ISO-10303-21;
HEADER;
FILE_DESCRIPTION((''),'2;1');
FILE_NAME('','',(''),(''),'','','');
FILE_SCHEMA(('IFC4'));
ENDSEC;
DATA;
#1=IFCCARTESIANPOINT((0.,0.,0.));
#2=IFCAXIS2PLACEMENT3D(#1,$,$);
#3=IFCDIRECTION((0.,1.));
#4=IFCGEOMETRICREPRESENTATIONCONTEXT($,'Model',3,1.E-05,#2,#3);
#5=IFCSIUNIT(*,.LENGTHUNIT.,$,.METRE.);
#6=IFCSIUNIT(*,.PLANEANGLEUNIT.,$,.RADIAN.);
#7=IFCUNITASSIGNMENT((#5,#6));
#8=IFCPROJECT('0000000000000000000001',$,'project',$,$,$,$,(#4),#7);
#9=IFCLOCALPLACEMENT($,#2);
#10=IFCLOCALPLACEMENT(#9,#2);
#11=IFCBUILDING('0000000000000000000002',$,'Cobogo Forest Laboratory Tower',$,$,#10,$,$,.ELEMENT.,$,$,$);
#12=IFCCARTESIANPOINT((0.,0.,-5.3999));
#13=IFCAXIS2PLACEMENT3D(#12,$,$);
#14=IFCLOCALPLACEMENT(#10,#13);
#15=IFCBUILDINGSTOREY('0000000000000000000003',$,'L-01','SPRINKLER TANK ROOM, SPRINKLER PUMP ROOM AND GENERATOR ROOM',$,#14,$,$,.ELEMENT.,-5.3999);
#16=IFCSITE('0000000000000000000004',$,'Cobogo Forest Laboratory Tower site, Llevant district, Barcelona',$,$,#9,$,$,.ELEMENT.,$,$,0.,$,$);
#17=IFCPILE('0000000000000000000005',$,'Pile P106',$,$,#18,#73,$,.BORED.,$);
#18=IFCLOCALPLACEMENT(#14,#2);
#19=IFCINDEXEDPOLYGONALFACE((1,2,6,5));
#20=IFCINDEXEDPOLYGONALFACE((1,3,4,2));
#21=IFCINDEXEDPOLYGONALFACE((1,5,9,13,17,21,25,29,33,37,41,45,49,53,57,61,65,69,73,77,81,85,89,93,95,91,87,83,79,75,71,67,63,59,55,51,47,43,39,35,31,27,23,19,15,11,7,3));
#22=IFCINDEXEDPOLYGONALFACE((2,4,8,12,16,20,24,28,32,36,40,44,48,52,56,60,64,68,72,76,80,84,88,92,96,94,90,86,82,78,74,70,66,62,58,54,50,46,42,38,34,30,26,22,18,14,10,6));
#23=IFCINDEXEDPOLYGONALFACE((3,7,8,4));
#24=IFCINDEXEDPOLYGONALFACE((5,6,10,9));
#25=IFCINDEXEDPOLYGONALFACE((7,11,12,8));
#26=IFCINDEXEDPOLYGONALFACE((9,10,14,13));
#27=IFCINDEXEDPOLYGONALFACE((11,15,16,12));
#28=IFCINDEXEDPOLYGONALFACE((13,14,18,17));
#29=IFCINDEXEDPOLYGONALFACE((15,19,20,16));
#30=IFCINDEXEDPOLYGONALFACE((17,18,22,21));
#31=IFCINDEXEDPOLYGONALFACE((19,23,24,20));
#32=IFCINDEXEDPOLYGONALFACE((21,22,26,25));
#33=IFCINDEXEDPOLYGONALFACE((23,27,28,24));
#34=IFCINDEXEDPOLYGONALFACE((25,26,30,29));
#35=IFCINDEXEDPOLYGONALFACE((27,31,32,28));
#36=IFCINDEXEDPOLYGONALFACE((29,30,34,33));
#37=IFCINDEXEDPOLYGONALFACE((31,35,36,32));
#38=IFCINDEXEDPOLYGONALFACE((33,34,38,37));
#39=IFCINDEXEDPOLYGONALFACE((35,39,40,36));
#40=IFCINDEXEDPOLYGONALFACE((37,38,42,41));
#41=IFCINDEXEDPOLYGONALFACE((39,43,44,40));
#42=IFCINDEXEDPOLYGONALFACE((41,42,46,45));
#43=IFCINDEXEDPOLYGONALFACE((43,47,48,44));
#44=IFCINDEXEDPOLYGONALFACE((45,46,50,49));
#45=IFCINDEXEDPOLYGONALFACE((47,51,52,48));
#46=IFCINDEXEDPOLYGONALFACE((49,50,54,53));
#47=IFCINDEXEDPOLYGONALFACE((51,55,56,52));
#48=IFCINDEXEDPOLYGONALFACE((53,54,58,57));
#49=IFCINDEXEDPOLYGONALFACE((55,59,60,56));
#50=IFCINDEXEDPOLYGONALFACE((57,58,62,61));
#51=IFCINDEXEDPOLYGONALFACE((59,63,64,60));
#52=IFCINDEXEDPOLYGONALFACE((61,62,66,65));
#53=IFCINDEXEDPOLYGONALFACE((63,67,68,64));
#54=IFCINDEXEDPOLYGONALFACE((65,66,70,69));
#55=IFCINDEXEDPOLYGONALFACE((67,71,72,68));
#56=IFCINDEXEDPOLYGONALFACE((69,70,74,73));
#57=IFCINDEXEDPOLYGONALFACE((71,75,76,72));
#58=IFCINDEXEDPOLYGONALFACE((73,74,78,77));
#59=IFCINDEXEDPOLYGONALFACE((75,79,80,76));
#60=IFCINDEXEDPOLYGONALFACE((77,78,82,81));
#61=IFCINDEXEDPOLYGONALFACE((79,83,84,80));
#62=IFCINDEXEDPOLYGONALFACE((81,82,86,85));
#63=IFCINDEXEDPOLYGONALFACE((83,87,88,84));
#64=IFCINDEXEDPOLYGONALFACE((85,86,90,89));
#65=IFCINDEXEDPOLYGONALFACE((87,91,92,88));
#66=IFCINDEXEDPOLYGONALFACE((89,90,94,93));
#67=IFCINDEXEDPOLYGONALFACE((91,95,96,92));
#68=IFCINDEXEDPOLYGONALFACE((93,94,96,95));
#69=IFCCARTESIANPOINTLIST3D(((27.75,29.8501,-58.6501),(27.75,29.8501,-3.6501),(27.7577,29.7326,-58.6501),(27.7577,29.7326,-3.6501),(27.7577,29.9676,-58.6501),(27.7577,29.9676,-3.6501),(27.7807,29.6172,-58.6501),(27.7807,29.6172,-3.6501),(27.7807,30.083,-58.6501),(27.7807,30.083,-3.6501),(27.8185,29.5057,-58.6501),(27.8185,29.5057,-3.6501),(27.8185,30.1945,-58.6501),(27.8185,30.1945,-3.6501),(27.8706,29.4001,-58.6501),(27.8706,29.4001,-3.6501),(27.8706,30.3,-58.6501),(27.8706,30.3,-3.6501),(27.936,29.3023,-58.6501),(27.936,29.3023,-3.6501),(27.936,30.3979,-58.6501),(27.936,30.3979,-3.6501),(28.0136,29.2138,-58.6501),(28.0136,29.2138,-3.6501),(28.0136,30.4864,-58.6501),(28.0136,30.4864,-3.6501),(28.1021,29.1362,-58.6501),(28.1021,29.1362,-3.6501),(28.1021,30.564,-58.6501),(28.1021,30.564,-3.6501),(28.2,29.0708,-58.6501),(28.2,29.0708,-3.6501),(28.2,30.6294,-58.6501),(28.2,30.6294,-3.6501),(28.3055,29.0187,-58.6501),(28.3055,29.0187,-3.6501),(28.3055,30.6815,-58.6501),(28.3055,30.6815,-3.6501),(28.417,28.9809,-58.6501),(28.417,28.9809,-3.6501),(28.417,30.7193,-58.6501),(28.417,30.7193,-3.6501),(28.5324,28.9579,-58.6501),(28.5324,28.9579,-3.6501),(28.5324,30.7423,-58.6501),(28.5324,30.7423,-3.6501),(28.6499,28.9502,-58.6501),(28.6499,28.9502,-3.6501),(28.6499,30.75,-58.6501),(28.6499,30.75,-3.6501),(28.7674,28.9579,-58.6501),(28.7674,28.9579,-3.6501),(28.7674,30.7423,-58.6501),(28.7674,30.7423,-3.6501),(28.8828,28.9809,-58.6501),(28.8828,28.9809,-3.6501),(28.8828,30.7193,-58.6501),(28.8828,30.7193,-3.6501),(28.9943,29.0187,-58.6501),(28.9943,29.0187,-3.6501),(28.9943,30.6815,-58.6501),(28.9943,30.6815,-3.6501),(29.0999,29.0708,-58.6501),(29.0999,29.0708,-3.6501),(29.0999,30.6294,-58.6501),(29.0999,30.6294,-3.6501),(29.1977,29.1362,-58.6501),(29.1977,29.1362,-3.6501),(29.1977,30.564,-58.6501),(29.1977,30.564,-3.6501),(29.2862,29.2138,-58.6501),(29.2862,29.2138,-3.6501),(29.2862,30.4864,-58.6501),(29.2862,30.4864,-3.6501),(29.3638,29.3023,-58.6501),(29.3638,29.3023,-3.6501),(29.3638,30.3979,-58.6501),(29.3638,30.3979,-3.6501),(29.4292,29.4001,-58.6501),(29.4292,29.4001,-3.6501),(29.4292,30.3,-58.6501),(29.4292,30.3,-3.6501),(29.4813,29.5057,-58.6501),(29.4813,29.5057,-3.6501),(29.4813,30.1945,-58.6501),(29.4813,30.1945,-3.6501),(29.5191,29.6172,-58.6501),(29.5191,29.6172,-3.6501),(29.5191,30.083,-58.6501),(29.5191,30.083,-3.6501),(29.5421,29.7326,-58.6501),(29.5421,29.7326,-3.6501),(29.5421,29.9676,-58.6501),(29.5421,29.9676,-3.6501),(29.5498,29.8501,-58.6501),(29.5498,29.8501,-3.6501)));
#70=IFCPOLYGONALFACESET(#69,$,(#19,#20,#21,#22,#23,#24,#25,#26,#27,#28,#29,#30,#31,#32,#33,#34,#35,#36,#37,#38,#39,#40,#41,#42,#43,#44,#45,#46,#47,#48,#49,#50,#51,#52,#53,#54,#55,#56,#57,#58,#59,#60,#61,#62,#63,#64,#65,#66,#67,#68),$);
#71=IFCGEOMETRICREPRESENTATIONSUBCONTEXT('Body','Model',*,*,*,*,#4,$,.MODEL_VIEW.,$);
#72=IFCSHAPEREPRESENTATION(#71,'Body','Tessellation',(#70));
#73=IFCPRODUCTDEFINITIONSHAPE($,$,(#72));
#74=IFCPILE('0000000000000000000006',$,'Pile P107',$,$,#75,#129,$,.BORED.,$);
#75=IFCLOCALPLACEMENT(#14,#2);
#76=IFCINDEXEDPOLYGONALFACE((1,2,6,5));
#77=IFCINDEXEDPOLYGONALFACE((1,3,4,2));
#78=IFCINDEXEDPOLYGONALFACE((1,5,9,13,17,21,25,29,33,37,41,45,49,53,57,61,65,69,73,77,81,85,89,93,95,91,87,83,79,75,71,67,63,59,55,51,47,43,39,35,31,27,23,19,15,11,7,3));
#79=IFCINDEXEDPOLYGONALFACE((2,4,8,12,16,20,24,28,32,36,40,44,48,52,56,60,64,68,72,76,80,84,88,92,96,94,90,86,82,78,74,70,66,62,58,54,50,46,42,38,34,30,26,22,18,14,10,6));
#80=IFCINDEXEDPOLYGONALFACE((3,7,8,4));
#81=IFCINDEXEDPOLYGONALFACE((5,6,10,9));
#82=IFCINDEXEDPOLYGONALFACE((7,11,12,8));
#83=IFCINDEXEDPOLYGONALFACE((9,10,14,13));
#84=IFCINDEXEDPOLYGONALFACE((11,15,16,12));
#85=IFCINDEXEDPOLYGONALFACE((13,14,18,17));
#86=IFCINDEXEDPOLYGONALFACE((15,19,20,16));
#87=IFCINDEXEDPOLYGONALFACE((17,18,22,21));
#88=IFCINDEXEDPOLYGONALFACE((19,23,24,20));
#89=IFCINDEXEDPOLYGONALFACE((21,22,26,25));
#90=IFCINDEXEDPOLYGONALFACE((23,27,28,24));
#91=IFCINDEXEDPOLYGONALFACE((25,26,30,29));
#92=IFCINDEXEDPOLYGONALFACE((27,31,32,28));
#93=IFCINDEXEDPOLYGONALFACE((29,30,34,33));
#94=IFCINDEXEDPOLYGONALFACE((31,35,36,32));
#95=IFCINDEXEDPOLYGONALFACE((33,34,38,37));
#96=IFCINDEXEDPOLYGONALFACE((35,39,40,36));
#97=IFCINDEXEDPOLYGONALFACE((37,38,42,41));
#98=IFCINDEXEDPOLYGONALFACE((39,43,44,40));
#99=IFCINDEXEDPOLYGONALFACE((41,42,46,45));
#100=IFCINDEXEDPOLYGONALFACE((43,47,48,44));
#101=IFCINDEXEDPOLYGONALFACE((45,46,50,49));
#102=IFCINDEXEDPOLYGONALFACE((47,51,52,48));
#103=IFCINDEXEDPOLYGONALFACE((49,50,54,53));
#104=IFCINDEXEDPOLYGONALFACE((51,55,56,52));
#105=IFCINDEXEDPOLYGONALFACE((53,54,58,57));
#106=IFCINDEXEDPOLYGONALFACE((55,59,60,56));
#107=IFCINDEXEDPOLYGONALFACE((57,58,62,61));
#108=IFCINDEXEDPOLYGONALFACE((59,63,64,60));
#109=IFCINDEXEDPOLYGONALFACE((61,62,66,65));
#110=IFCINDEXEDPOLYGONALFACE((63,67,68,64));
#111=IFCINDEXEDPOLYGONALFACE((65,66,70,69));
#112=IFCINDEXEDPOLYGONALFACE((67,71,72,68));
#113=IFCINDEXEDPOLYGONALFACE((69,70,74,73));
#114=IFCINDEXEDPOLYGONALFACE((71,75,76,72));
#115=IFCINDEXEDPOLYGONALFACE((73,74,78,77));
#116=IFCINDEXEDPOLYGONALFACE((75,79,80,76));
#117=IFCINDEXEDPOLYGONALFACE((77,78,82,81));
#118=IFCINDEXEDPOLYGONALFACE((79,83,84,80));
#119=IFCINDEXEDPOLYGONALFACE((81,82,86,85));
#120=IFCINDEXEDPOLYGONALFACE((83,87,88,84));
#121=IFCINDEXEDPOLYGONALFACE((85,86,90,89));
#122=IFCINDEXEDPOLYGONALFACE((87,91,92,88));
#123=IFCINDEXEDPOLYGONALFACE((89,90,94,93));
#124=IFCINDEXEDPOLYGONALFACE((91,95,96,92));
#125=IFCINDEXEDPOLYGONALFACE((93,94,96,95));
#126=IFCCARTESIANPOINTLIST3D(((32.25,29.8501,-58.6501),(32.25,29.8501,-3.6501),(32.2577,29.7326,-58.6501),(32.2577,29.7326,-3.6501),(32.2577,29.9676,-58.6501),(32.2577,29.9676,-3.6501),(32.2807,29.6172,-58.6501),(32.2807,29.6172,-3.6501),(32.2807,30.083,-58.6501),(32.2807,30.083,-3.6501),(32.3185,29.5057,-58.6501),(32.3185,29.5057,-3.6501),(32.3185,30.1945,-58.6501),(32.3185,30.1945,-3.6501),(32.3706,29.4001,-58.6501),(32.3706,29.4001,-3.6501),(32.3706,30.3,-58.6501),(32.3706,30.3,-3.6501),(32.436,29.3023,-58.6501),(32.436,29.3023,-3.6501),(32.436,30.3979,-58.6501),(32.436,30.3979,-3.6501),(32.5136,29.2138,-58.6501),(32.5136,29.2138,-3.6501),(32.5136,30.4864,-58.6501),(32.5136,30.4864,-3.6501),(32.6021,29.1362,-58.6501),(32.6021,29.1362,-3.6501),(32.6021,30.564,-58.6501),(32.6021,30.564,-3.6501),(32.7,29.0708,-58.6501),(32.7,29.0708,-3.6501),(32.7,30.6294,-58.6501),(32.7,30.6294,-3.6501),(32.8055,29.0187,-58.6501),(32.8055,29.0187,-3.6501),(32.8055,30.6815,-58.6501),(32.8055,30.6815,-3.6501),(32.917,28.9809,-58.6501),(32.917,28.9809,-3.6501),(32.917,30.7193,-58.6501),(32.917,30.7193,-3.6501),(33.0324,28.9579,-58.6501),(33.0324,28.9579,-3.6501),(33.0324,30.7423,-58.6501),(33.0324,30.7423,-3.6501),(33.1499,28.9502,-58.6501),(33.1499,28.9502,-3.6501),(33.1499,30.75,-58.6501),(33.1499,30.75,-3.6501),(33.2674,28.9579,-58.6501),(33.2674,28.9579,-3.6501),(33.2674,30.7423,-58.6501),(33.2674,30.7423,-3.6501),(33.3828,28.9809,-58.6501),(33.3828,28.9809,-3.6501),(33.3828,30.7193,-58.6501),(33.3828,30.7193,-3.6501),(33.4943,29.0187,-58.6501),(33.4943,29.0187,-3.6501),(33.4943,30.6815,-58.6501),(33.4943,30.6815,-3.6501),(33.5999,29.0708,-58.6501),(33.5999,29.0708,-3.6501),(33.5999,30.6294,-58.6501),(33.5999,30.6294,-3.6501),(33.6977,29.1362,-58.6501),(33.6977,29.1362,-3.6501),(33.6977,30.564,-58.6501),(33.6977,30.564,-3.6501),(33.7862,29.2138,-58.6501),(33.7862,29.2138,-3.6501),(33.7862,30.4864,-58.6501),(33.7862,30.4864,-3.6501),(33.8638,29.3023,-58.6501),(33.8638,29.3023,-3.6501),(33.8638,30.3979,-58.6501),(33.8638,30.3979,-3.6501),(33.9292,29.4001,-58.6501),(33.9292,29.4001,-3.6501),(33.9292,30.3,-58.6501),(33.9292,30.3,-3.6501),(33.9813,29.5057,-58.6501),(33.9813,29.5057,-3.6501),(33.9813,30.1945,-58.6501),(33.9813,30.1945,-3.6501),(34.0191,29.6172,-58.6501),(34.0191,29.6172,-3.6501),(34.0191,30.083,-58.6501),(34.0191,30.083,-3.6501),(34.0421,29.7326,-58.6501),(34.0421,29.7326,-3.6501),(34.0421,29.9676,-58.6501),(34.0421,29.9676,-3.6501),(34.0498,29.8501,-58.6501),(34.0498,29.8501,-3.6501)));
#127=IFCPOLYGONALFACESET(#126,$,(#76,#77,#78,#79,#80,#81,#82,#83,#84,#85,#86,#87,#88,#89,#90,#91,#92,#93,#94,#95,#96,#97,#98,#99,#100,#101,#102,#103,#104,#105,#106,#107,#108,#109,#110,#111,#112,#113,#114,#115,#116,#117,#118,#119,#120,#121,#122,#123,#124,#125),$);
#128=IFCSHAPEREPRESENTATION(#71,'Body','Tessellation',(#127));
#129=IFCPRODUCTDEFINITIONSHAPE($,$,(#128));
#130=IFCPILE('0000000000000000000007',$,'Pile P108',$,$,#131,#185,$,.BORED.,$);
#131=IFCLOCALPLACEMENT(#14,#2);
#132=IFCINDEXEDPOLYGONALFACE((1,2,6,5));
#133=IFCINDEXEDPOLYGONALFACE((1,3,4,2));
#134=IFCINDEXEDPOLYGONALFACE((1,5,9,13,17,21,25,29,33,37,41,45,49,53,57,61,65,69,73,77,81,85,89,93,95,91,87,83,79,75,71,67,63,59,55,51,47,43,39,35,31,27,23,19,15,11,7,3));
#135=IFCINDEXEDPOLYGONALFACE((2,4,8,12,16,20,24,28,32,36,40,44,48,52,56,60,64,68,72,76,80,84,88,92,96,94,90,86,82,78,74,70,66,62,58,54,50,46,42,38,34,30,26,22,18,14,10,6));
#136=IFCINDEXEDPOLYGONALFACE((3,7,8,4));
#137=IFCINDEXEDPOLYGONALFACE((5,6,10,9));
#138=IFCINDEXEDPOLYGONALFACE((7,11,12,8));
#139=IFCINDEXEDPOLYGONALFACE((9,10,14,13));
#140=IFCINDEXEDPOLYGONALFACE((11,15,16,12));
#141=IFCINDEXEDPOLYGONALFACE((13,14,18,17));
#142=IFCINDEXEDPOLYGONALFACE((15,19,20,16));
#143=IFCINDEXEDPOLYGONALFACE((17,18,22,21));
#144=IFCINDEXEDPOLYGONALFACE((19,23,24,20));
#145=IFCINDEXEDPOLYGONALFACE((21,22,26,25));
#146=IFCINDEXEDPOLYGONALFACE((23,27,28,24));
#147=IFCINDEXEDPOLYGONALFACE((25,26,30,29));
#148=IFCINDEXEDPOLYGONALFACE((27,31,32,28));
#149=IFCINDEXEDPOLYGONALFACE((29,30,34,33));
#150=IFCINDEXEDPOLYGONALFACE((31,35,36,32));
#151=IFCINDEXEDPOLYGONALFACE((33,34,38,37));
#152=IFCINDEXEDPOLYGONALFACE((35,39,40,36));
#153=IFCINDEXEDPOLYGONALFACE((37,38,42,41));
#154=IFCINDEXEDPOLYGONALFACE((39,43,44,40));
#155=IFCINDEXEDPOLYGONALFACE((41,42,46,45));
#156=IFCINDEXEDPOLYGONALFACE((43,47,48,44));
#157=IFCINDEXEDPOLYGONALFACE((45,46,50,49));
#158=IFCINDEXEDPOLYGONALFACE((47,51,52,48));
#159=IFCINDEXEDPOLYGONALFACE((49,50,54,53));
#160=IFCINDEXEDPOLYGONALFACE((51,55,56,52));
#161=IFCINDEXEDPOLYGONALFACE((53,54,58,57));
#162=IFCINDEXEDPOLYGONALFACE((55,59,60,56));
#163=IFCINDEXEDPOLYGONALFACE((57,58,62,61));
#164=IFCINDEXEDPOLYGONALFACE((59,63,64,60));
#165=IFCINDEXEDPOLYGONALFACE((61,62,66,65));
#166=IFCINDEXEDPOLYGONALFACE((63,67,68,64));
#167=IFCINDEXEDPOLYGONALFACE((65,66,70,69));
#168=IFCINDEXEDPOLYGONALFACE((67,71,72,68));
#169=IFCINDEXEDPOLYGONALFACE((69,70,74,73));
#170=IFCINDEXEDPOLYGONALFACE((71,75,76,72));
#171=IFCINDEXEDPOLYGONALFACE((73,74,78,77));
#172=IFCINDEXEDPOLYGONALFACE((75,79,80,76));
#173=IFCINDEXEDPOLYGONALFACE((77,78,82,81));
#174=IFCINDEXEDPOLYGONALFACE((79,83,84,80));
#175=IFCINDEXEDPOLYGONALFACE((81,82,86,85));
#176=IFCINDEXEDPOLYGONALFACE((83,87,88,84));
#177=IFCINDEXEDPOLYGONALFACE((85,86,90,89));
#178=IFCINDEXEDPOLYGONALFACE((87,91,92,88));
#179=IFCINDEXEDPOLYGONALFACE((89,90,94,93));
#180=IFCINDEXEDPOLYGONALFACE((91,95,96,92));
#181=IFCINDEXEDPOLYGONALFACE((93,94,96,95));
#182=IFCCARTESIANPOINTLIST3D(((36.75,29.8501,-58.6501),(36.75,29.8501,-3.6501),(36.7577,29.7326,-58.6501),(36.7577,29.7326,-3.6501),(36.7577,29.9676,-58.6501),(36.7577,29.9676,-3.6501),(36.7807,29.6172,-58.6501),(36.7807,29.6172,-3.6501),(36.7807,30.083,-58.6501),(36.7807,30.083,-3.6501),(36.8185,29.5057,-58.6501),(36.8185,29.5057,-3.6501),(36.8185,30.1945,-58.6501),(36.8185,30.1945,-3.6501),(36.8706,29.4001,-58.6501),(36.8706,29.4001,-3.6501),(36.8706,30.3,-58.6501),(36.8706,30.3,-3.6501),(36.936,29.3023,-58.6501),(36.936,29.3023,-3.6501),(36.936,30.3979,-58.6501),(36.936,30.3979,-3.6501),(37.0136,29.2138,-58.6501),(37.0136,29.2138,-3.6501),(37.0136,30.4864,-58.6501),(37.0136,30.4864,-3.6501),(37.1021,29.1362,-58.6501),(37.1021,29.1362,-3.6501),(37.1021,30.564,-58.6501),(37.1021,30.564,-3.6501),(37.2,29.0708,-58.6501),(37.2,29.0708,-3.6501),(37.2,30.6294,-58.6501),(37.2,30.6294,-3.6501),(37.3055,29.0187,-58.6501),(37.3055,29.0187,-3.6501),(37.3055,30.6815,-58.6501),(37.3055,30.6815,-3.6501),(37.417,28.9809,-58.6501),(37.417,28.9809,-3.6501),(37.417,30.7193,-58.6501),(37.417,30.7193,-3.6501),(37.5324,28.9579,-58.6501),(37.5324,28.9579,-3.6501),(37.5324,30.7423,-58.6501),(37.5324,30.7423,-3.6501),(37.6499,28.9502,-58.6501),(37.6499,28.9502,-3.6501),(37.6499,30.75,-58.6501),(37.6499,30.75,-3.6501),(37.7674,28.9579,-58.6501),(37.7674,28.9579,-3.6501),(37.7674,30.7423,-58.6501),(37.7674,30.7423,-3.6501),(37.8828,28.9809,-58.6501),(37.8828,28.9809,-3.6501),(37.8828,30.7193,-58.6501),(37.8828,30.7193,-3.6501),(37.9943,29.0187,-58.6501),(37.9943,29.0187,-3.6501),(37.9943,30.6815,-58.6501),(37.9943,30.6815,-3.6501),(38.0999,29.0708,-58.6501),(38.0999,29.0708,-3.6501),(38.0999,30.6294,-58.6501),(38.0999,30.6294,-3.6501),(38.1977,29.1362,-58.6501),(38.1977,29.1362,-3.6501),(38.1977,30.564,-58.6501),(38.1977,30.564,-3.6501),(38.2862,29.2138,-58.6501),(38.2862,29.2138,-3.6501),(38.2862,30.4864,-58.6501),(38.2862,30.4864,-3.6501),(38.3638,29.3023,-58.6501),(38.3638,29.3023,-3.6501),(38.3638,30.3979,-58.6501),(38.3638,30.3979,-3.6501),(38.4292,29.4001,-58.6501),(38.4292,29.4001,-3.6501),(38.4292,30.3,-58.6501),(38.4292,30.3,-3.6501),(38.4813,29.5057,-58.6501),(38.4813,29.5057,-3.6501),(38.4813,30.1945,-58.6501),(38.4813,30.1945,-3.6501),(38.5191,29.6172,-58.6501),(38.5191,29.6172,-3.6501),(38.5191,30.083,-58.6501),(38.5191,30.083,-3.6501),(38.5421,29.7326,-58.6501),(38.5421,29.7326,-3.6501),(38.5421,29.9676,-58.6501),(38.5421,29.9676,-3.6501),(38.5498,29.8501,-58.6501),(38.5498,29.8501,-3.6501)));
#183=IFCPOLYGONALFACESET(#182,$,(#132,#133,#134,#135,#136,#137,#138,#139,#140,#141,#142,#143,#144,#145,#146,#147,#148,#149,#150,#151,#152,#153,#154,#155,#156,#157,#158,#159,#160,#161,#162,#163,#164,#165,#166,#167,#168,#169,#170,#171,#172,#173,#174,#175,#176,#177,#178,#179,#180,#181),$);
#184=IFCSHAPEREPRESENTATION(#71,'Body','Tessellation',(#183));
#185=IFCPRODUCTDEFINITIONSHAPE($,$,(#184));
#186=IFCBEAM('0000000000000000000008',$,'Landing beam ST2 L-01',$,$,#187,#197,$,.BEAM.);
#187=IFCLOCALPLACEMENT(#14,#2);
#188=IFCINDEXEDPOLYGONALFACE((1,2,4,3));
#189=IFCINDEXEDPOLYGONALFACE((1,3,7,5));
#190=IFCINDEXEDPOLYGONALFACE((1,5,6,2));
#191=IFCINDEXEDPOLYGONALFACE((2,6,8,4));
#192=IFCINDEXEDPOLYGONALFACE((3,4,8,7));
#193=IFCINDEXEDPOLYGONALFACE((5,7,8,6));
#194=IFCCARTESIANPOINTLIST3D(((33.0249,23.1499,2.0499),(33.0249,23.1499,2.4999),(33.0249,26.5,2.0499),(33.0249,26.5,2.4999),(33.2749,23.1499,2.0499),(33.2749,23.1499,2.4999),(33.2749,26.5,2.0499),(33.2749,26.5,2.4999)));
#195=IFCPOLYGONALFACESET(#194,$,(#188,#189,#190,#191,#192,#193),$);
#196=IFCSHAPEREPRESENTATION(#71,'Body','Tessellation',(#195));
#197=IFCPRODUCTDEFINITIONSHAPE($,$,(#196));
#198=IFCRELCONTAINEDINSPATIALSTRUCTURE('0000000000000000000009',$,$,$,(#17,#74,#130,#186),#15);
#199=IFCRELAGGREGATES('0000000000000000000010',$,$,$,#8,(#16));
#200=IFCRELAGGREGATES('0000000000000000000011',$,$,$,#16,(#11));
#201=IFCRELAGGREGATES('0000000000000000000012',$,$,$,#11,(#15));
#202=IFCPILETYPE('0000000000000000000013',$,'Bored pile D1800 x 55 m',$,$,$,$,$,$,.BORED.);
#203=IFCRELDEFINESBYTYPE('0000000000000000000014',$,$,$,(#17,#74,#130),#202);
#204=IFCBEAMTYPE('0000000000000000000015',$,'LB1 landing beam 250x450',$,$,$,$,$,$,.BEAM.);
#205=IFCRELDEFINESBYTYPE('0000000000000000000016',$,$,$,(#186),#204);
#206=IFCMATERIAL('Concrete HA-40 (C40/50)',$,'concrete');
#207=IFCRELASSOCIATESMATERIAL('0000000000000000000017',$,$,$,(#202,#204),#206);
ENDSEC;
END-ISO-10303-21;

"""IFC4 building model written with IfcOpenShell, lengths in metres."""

from ifc_helpers import new_model, si_unit, direction, frame, origin, origin_2d, place, context, subcontext, project, spatial, rectangle, circle, extrude, material, material_profile, profile_set, type_object, element, save


model = new_model("IFC4")

# Units and contexts
model_context = context("Model", 3, precision=1e-05, world=origin(), true_north=direction((0.0, 1.0)))
body_context = subcontext(model_context, "Body", "Model", "MODEL_VIEW")
ifc_project = project(units=[si_unit("LENGTHUNIT", "METRE"), si_unit("PLANEANGLEUNIT", "RADIAN")], contexts=[model_context])

# Site, building, storey
site_placement = place(None, origin())
site = spatial("IfcSite", under=ifc_project, at=site_placement, Name="Cobogo Forest Laboratory Tower site, Llevant district, Barcelona", CompositionType="ELEMENT", RefElevation=0.0)
building_placement = place(site_placement, origin())
building = spatial("IfcBuilding", under=site, at=building_placement, Name="Cobogo Forest Laboratory Tower", CompositionType="ELEMENT")
storey_placement = place(building_placement, frame((0.0, 0.0, -5.3999)))
storey = spatial("IfcBuildingStorey", under=building, at=storey_placement, Name="L-01", Description="SPRINKLER TANK ROOM, SPRINKLER PUMP ROOM AND GENERATOR ROOM", CompositionType="ELEMENT", Elevation=-5.3999)

# Piles
ifc_material_1 = material(Name="Concrete HA-40 (C40/50)", Category="concrete")
ifc_material_profile_1 = material_profile(ifc_material_1, circle(Radius=0.8999, at=origin_2d()), Name="PILE D1800")
ifc_profile_set_1 = profile_set([ifc_material_profile_1], Name="Concrete HA-40 (C40/50)")
pile_type = type_object("IfcPileType", Name="Bored pile D1800 x 55 m", PredefinedType="BORED", material=ifc_profile_set_1)
for number, where, z_axis, x_axis, name in (
    (1, (28.6499, 29.8501, -3.6501), (0.0, 0.0, -1.0), (1.0, 0.0, 0.0), "Pile P106"),
    (2, (33.1499, 29.8501, -3.6501), (0.0, 0.0, -1.0), (1.0, 0.0, 0.0), "Pile P107"),
    (3, (37.6499, 29.8501, -3.6501), (0.0, 0.0, -1.0), (1.0, 0.0, 0.0), "Pile P108"),
):
    element("IfcPile", number, at=place(storey_placement, frame(where, z_axis=z_axis, x_axis=x_axis)), inside=storey, type_object=pile_type, Name=name, PredefinedType="BORED", context=body_context, shape_type="SweptSolid", body=[
        extrude(circle(Radius=0.8999, at=origin_2d()), origin(), (0.0, 0.0, 1.0), 55.0),
    ])

# Beam
ifc_material_profile_2 = material_profile(ifc_material_1, rectangle(XDim=0.25, YDim=0.45, at=origin_2d()), Name="RC 250x450")
ifc_profile_set_2 = profile_set([ifc_material_profile_2], Name="Concrete HA-40 (C40/50)")
beam_type = type_object("IfcBeamType", Name="LB1 landing beam 250x450", PredefinedType="BEAM", material=ifc_profile_set_2)
beam_placement = place(storey_placement, frame((33.1499, 23.1499, 2.2749), z_axis=(0.0, 1.0, 0.0), x_axis=(-1.0, 0.0, 0.0)))
element("IfcBeam", 4, at=beam_placement, inside=storey, type_object=beam_type, Name="Landing beam ST2 L-01", PredefinedType="BEAM", context=body_context, shape_type="SweptSolid", body=[
    extrude(rectangle(XDim=0.25, YDim=0.45, at=origin_2d()), origin(), (0.0, 0.0, 1.0), 3.3501),
])

save(model, "model.ifc")
